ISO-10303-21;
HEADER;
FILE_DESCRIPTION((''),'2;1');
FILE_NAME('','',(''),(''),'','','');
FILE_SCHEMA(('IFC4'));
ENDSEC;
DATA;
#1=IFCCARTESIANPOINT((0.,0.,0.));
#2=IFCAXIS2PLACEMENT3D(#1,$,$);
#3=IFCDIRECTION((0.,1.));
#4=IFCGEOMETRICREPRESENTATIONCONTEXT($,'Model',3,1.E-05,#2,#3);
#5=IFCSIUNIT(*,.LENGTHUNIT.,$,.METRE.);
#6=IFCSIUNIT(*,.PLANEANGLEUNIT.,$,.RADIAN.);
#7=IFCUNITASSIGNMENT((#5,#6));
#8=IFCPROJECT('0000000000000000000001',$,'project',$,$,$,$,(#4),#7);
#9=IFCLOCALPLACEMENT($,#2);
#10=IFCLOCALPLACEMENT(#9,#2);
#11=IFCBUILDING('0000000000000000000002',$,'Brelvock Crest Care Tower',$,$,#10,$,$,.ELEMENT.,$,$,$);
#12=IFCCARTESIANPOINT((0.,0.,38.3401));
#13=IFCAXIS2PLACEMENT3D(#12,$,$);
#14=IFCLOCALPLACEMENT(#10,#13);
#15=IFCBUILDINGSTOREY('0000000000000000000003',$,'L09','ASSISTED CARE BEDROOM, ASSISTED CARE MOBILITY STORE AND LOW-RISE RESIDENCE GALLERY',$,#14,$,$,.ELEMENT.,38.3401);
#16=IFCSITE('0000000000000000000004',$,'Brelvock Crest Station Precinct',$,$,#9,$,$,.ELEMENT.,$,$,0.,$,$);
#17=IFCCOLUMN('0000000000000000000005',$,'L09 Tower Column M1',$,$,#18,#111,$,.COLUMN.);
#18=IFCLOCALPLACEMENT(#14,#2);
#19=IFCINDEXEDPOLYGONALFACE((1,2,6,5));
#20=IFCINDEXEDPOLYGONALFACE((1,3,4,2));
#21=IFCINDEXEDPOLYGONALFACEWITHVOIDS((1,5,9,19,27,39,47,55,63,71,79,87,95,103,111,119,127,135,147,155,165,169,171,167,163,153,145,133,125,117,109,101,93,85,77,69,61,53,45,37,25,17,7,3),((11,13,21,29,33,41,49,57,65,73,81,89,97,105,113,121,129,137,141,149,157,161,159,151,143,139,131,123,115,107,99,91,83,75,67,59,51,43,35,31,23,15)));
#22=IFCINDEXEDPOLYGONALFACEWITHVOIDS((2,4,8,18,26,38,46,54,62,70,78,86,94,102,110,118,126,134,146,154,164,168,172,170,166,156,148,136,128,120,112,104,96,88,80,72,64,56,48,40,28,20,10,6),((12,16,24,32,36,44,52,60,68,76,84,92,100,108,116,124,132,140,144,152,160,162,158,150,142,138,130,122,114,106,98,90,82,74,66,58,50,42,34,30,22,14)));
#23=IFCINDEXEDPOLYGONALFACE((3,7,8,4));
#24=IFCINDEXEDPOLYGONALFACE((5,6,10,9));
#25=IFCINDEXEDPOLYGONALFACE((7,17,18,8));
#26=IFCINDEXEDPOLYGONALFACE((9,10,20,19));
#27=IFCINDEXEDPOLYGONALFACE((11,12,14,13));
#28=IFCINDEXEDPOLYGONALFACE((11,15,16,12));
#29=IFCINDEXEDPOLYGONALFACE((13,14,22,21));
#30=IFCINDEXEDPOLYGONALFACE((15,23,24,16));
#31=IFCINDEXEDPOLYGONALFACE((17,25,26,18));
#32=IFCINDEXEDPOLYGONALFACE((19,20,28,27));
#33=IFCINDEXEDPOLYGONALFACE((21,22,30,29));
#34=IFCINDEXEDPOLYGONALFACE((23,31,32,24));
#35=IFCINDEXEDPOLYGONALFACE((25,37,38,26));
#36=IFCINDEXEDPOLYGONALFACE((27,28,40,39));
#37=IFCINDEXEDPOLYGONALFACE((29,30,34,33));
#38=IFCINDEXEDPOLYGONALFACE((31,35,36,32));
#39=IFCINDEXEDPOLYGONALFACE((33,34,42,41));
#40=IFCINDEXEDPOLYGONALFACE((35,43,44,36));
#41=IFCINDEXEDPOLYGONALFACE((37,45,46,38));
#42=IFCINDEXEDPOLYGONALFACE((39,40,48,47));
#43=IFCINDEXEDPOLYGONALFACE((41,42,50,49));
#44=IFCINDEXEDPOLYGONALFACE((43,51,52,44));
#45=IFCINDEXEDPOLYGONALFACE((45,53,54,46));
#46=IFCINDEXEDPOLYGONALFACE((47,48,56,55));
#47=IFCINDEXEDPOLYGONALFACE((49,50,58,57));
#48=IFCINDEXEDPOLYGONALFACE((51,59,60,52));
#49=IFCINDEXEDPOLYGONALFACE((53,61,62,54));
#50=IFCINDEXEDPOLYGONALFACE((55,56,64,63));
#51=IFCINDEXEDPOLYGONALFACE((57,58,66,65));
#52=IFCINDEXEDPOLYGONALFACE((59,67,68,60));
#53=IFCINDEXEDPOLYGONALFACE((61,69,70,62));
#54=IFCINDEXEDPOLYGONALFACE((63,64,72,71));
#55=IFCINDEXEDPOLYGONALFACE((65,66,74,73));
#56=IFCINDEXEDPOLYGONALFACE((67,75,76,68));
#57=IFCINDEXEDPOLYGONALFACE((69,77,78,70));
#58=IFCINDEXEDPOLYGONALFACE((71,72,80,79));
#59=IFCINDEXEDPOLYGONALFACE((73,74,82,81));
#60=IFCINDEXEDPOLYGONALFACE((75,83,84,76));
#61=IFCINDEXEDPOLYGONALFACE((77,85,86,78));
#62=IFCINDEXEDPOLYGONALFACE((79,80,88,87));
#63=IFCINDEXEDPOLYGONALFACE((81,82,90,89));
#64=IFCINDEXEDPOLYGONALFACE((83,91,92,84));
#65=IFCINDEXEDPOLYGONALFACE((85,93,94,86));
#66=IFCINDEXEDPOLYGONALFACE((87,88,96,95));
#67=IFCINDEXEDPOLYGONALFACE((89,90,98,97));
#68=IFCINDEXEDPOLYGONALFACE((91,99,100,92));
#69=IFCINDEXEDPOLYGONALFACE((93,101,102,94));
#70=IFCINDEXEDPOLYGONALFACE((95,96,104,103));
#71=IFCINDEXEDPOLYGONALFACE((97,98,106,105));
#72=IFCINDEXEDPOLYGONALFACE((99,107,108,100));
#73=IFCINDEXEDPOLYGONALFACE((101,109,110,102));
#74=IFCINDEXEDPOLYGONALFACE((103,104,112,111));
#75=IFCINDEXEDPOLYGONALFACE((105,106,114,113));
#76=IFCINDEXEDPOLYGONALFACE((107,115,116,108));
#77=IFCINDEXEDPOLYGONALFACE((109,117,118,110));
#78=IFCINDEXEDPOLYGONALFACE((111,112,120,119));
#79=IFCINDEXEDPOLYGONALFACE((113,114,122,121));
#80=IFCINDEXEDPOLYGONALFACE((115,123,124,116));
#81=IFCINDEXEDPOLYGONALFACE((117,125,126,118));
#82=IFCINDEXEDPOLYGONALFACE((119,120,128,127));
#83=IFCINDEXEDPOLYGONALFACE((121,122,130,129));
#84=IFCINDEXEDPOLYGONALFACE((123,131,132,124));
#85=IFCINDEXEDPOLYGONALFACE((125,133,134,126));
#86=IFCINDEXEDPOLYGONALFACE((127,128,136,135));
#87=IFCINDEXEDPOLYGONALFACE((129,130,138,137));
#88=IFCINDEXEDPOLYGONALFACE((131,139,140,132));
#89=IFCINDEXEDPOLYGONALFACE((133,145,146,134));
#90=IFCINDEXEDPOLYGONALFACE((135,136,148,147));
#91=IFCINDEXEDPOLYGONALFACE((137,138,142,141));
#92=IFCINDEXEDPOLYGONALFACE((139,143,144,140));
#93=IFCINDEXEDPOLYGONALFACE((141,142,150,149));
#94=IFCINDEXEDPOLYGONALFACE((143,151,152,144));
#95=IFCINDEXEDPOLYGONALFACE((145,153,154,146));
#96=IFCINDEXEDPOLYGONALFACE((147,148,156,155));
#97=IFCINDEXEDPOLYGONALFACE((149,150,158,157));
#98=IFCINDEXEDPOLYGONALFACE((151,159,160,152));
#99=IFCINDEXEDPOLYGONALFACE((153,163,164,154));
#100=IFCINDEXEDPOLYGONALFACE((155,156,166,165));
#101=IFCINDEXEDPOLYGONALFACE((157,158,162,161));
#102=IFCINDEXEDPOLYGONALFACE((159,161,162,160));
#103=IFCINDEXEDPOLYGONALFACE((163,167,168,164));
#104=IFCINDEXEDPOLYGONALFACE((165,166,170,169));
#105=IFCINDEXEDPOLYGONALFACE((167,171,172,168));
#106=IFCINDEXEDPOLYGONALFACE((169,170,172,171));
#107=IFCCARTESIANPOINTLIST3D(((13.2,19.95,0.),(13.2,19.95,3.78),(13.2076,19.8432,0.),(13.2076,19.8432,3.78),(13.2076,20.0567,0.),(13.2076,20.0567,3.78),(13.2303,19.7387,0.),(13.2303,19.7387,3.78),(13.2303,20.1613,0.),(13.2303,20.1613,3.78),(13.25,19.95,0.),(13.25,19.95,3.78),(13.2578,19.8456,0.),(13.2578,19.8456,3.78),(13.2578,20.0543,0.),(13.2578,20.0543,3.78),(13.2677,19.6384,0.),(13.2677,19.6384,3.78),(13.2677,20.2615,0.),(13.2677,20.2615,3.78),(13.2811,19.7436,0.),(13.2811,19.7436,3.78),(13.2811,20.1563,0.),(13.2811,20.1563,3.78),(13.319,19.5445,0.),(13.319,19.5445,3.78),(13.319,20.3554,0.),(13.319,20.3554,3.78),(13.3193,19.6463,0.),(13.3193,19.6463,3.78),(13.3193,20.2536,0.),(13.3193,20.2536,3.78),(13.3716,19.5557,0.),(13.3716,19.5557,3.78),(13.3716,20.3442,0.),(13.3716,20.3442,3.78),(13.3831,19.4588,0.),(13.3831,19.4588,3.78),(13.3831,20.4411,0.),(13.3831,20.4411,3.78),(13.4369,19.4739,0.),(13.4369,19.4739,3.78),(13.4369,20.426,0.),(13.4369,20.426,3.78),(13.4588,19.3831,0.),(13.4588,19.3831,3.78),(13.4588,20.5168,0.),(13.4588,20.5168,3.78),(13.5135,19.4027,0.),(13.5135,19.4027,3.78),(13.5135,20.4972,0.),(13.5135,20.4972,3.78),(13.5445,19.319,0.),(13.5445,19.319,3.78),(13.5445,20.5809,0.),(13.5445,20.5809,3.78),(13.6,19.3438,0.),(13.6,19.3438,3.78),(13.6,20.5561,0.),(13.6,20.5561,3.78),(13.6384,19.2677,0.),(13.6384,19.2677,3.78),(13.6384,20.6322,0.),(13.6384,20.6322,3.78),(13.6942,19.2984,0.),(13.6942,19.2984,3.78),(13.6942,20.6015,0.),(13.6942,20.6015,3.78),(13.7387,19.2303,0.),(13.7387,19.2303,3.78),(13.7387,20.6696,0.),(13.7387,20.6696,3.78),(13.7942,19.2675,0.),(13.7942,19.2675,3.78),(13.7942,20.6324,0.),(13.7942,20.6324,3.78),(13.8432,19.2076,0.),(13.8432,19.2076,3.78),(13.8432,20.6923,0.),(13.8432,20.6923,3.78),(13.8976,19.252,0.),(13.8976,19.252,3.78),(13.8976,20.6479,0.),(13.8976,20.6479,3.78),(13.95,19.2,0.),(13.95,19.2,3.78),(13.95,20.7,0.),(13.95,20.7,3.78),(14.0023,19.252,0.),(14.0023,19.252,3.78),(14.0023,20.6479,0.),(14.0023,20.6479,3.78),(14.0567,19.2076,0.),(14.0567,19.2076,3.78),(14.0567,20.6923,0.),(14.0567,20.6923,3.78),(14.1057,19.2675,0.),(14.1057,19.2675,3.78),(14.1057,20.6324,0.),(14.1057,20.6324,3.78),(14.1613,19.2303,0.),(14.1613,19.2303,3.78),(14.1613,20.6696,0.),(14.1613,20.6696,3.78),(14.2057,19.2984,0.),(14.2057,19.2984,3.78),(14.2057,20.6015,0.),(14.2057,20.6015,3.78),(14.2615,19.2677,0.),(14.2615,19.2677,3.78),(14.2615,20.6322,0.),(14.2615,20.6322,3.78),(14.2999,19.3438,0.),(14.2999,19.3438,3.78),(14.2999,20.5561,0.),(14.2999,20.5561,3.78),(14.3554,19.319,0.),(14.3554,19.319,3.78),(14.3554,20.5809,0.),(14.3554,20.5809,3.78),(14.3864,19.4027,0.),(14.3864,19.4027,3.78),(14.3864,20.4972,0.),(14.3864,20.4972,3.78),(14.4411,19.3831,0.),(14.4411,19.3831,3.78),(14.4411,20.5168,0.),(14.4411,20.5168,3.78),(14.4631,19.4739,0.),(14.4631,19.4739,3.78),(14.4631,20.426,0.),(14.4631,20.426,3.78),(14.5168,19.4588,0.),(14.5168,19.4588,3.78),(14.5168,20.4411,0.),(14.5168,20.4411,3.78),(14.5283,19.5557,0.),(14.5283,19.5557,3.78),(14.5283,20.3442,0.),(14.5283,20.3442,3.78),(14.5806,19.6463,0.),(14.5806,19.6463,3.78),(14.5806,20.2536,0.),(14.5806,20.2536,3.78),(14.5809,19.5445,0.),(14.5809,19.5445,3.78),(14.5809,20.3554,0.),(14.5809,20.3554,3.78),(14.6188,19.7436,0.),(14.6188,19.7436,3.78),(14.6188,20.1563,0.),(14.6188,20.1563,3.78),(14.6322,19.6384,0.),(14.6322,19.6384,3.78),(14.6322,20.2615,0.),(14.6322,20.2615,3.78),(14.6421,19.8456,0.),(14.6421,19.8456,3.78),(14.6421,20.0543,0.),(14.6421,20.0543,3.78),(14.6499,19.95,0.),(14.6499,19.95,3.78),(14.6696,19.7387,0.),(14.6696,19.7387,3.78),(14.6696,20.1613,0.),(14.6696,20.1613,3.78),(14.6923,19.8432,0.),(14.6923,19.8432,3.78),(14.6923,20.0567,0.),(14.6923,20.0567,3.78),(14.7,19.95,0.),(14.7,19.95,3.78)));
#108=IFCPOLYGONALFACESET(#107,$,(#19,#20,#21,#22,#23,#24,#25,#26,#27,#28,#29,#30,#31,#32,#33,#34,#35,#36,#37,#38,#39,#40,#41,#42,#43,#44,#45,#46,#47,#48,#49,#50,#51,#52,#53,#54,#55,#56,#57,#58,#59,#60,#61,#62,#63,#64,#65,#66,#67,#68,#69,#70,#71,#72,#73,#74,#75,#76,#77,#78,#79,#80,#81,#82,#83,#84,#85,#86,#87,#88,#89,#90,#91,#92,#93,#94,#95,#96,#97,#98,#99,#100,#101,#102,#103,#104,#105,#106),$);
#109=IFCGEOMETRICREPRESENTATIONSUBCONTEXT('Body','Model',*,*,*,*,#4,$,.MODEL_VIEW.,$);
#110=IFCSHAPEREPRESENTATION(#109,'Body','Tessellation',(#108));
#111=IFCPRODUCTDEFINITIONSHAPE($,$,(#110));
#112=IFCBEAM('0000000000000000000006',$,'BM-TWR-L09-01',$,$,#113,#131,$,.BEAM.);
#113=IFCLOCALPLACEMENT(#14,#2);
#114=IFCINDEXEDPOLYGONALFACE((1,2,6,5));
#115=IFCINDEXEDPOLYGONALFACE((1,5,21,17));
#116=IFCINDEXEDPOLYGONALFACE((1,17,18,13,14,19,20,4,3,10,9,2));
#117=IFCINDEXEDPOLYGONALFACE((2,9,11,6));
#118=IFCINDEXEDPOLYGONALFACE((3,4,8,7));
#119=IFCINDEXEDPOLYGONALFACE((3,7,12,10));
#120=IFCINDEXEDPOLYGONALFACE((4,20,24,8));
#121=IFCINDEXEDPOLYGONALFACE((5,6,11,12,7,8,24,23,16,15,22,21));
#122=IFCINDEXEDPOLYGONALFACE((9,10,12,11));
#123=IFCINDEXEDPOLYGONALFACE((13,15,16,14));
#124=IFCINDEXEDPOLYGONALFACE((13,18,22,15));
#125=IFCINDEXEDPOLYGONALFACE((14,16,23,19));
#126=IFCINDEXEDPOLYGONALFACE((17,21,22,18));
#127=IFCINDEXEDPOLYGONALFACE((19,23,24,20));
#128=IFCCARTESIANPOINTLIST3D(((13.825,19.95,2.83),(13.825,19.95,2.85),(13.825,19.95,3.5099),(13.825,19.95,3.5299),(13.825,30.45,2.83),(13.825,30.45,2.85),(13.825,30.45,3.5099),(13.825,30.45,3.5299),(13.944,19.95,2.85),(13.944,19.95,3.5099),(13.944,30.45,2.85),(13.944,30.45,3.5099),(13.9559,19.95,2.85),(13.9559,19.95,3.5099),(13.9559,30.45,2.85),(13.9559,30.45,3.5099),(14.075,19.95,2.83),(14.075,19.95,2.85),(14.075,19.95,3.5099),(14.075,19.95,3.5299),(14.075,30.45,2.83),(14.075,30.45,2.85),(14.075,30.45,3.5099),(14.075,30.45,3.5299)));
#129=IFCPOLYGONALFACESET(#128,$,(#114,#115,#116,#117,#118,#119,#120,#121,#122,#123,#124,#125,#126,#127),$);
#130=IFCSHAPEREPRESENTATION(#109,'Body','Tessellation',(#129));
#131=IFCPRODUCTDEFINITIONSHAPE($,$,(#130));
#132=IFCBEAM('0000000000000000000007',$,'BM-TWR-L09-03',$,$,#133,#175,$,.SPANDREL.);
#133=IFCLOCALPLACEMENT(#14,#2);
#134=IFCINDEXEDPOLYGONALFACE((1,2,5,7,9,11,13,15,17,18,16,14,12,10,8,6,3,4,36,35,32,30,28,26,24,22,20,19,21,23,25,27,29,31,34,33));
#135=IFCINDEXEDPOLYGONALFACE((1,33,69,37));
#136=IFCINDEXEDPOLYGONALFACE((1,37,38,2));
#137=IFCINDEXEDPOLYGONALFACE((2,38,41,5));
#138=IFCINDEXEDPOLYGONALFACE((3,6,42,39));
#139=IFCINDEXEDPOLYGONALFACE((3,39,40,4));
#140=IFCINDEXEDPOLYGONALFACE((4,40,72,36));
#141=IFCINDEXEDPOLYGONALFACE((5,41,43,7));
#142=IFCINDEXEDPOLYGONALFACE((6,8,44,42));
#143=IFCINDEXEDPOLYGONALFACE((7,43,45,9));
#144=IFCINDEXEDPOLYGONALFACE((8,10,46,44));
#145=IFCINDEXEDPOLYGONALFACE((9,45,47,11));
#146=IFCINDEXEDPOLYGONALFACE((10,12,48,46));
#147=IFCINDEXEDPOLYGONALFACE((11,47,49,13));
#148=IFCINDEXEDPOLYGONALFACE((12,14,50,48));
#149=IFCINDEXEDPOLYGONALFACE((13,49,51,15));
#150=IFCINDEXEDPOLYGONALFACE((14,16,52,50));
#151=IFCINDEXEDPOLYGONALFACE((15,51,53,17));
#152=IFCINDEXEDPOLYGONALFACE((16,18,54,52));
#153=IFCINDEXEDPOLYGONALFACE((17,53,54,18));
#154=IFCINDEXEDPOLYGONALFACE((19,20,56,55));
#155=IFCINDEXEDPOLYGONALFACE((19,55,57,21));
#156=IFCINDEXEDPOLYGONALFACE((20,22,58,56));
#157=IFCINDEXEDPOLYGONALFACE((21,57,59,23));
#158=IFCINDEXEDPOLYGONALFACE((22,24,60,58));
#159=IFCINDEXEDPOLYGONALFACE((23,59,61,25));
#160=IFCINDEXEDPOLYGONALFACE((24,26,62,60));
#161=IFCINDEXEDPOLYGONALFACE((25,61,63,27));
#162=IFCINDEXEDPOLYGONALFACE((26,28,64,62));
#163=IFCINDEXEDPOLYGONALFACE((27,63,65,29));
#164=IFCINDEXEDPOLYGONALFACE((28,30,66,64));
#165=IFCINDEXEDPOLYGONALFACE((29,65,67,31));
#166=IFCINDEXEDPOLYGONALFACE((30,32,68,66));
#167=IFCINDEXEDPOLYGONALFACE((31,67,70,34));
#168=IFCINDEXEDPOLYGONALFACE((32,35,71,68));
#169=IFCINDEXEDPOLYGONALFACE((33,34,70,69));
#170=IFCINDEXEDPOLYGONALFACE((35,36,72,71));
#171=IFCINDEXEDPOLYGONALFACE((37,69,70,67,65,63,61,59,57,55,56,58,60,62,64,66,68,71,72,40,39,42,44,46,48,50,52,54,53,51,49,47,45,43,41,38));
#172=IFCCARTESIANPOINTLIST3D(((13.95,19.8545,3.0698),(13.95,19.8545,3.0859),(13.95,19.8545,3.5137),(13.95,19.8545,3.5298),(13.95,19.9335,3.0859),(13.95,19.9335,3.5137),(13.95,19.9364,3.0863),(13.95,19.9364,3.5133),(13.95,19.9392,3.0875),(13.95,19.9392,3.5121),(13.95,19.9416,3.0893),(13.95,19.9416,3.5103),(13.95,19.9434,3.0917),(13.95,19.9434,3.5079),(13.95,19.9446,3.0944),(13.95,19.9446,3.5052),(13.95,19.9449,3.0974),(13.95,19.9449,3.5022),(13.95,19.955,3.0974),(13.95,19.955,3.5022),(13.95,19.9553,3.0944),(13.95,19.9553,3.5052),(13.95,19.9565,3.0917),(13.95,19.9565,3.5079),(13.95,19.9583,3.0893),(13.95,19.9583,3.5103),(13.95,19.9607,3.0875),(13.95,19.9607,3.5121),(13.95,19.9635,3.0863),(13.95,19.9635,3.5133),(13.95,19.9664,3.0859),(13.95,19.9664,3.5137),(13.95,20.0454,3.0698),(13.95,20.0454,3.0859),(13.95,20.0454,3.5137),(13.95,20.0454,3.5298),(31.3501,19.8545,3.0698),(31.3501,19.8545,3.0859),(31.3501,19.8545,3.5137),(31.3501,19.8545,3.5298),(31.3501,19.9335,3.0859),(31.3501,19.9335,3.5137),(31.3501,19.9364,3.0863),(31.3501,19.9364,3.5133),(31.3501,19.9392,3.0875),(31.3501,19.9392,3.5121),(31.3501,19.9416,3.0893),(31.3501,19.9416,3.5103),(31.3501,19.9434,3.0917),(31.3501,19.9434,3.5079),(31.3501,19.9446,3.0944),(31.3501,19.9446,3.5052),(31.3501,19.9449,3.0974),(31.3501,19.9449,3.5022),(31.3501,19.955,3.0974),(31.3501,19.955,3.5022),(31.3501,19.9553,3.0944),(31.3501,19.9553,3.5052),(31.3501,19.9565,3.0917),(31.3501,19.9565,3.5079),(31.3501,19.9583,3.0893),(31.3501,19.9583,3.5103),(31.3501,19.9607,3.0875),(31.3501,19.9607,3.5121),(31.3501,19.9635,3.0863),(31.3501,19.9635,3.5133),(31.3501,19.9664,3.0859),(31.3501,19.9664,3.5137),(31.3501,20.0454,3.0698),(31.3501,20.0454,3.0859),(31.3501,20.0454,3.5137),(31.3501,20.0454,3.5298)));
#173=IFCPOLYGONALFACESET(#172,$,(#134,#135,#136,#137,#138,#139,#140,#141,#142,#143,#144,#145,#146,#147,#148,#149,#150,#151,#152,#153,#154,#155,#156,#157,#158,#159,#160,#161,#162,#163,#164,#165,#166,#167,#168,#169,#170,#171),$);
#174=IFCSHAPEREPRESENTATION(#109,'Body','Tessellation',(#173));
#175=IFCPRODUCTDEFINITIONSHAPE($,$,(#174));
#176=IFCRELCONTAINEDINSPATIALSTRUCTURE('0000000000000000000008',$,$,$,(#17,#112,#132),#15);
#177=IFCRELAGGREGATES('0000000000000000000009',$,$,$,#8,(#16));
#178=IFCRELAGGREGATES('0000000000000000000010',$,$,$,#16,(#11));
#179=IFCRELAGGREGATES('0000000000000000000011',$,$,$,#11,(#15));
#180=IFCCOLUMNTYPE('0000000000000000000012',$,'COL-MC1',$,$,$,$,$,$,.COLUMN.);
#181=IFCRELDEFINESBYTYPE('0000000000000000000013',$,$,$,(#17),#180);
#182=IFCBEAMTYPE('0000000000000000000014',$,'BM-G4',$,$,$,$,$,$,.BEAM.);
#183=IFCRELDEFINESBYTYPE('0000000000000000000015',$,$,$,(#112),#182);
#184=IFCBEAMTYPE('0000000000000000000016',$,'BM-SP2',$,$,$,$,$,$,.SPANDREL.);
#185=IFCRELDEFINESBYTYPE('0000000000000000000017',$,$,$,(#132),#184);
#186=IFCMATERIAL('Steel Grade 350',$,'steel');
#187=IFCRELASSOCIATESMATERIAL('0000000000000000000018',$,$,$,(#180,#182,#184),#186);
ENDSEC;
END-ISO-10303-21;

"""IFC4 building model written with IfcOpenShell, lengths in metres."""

from ifc_helpers import new_model, si_unit, direction, frame, origin, origin_2d, place, context, subcontext, project, spatial, hollow_circle, i_section, extrude, source, transform, mapped, material, material_profile, profile_set, type_object, element, save


model = new_model("IFC4")

# Units and contexts
model_context = context("Model", 3, precision=1e-05, world=origin(), true_north=direction((0.0, 1.0)))
body_context = subcontext(model_context, "Body", "Model", "MODEL_VIEW")
ifc_project = project(units=[si_unit("LENGTHUNIT", "METRE"), si_unit("PLANEANGLEUNIT", "RADIAN")], contexts=[model_context])

# Site, building, storey
site_placement = place(None, origin())
site = spatial("IfcSite", under=ifc_project, at=site_placement, Name="Brelvock Crest Station Precinct", CompositionType="ELEMENT", RefElevation=0.0)
building_placement = place(site_placement, origin())
building = spatial("IfcBuilding", under=site, at=building_placement, Name="Brelvock Crest Care Tower", CompositionType="ELEMENT")
storey_placement = place(building_placement, frame((0.0, 0.0, 38.3401)))
storey = spatial("IfcBuildingStorey", under=building, at=storey_placement, Name="L09", Description="ASSISTED CARE BEDROOM, ASSISTED CARE MOBILITY STORE AND LOW-RISE RESIDENCE GALLERY", CompositionType="ELEMENT", Elevation=38.3401)

# Column
ifc_material_1 = material(Name="Steel Grade 350", Category="steel")
ifc_material_profile_1 = material_profile(ifc_material_1, hollow_circle(Radius=0.75, WallThickness=0.05, at=origin_2d()), Name="CFT1500x50")
ifc_profile_set_1 = profile_set([ifc_material_profile_1], Name="Steel Grade 350")
column_type = type_object("IfcColumnType", Name="COL-MC1", PredefinedType="COLUMN", material=ifc_profile_set_1)
shared_shape_1 = source(origin(), body_context, "Body", "SweptSolid", [
    extrude(hollow_circle(Radius=0.75, WallThickness=0.05, at=origin_2d()), origin(), (0.0, 0.0, 1.0), 3.78),
])
column_placement = place(storey_placement, frame((13.95, 19.95, 0.0), z_axis=(0.0, 0.0, 1.0), x_axis=(1.0, 0.0, 0.0)))
element("IfcColumn", 1, at=column_placement, inside=storey, type_object=column_type, Name="L09 Tower Column M1", PredefinedType="COLUMN", context=body_context, shape_type="MappedRepresentation", body=[
    mapped(shared_shape_1, transform((0.0, 0.0, 0.0), x_axis=(1.0, 0.0, 0.0), y_axis=(0.0, 1.0, 0.0), z_axis=(0.0, 0.0, 1.0), scale=1.0)),
])

# Beams
ifc_material_profile_2 = material_profile(ifc_material_1, i_section(OverallWidth=0.25, OverallDepth=0.7, WebThickness=0.012, FlangeThickness=0.02, at=origin_2d()), Name="700WB150")
ifc_profile_set_2 = profile_set([ifc_material_profile_2], Name="Steel Grade 350")
beam_type_1 = type_object("IfcBeamType", Name="BM-G4", PredefinedType="BEAM", material=ifc_profile_set_2)
shared_shape_2 = source(origin(), body_context, "Body", "SweptSolid", [
    extrude(i_section(OverallWidth=0.25, OverallDepth=0.7, WebThickness=0.012, FlangeThickness=0.02, at=origin_2d()), origin(), (0.0, 0.0, 1.0), 10.5),
])
beam_1_placement = place(storey_placement, frame((13.95, 19.95, 3.1799), z_axis=(0.0, 1.0, 0.0), x_axis=(-1.0, 0.0, 0.0)))
element("IfcBeam", 2, at=beam_1_placement, inside=storey, type_object=beam_type_1, Name="BM-TWR-L09-01", PredefinedType="BEAM", context=body_context, shape_type="MappedRepresentation", body=[
    mapped(shared_shape_2, transform((0.0, 0.0, 0.0), x_axis=(1.0, 0.0, 0.0), y_axis=(0.0, 1.0, 0.0), z_axis=(0.0, 0.0, 1.0), scale=1.0)),
])
ifc_material_profile_3 = material_profile(ifc_material_1, i_section(OverallWidth=0.1909, OverallDepth=0.46, WebThickness=0.01, FlangeThickness=0.0161, FilletRadius=0.0115, at=origin_2d()), Name="460UB82.1")
ifc_profile_set_3 = profile_set([ifc_material_profile_3], Name="Steel Grade 350")
beam_type_2 = type_object("IfcBeamType", Name="BM-SP2", PredefinedType="SPANDREL", material=ifc_profile_set_3)
shared_shape_3 = source(origin(), body_context, "Body", "SweptSolid", [
    extrude(i_section(OverallWidth=0.1909, OverallDepth=0.46, WebThickness=0.01, FlangeThickness=0.0161, FilletRadius=0.0115, at=origin_2d()), origin(), (0.0, 0.0, 1.0), 17.4001),
])
beam_2_placement = place(storey_placement, frame((13.95, 19.95, 3.2998), z_axis=(1.0, 0.0, 0.0), x_axis=(0.0, 1.0, 0.0)))
element("IfcBeam", 3, at=beam_2_placement, inside=storey, type_object=beam_type_2, Name="BM-TWR-L09-03", PredefinedType="SPANDREL", context=body_context, shape_type="MappedRepresentation", body=[
    mapped(shared_shape_3, transform((0.0, 0.0, 0.0), x_axis=(1.0, 0.0, 0.0), y_axis=(0.0, 1.0, 0.0), z_axis=(0.0, 0.0, 1.0), scale=1.0)),
])

save(model, "model.ifc")
